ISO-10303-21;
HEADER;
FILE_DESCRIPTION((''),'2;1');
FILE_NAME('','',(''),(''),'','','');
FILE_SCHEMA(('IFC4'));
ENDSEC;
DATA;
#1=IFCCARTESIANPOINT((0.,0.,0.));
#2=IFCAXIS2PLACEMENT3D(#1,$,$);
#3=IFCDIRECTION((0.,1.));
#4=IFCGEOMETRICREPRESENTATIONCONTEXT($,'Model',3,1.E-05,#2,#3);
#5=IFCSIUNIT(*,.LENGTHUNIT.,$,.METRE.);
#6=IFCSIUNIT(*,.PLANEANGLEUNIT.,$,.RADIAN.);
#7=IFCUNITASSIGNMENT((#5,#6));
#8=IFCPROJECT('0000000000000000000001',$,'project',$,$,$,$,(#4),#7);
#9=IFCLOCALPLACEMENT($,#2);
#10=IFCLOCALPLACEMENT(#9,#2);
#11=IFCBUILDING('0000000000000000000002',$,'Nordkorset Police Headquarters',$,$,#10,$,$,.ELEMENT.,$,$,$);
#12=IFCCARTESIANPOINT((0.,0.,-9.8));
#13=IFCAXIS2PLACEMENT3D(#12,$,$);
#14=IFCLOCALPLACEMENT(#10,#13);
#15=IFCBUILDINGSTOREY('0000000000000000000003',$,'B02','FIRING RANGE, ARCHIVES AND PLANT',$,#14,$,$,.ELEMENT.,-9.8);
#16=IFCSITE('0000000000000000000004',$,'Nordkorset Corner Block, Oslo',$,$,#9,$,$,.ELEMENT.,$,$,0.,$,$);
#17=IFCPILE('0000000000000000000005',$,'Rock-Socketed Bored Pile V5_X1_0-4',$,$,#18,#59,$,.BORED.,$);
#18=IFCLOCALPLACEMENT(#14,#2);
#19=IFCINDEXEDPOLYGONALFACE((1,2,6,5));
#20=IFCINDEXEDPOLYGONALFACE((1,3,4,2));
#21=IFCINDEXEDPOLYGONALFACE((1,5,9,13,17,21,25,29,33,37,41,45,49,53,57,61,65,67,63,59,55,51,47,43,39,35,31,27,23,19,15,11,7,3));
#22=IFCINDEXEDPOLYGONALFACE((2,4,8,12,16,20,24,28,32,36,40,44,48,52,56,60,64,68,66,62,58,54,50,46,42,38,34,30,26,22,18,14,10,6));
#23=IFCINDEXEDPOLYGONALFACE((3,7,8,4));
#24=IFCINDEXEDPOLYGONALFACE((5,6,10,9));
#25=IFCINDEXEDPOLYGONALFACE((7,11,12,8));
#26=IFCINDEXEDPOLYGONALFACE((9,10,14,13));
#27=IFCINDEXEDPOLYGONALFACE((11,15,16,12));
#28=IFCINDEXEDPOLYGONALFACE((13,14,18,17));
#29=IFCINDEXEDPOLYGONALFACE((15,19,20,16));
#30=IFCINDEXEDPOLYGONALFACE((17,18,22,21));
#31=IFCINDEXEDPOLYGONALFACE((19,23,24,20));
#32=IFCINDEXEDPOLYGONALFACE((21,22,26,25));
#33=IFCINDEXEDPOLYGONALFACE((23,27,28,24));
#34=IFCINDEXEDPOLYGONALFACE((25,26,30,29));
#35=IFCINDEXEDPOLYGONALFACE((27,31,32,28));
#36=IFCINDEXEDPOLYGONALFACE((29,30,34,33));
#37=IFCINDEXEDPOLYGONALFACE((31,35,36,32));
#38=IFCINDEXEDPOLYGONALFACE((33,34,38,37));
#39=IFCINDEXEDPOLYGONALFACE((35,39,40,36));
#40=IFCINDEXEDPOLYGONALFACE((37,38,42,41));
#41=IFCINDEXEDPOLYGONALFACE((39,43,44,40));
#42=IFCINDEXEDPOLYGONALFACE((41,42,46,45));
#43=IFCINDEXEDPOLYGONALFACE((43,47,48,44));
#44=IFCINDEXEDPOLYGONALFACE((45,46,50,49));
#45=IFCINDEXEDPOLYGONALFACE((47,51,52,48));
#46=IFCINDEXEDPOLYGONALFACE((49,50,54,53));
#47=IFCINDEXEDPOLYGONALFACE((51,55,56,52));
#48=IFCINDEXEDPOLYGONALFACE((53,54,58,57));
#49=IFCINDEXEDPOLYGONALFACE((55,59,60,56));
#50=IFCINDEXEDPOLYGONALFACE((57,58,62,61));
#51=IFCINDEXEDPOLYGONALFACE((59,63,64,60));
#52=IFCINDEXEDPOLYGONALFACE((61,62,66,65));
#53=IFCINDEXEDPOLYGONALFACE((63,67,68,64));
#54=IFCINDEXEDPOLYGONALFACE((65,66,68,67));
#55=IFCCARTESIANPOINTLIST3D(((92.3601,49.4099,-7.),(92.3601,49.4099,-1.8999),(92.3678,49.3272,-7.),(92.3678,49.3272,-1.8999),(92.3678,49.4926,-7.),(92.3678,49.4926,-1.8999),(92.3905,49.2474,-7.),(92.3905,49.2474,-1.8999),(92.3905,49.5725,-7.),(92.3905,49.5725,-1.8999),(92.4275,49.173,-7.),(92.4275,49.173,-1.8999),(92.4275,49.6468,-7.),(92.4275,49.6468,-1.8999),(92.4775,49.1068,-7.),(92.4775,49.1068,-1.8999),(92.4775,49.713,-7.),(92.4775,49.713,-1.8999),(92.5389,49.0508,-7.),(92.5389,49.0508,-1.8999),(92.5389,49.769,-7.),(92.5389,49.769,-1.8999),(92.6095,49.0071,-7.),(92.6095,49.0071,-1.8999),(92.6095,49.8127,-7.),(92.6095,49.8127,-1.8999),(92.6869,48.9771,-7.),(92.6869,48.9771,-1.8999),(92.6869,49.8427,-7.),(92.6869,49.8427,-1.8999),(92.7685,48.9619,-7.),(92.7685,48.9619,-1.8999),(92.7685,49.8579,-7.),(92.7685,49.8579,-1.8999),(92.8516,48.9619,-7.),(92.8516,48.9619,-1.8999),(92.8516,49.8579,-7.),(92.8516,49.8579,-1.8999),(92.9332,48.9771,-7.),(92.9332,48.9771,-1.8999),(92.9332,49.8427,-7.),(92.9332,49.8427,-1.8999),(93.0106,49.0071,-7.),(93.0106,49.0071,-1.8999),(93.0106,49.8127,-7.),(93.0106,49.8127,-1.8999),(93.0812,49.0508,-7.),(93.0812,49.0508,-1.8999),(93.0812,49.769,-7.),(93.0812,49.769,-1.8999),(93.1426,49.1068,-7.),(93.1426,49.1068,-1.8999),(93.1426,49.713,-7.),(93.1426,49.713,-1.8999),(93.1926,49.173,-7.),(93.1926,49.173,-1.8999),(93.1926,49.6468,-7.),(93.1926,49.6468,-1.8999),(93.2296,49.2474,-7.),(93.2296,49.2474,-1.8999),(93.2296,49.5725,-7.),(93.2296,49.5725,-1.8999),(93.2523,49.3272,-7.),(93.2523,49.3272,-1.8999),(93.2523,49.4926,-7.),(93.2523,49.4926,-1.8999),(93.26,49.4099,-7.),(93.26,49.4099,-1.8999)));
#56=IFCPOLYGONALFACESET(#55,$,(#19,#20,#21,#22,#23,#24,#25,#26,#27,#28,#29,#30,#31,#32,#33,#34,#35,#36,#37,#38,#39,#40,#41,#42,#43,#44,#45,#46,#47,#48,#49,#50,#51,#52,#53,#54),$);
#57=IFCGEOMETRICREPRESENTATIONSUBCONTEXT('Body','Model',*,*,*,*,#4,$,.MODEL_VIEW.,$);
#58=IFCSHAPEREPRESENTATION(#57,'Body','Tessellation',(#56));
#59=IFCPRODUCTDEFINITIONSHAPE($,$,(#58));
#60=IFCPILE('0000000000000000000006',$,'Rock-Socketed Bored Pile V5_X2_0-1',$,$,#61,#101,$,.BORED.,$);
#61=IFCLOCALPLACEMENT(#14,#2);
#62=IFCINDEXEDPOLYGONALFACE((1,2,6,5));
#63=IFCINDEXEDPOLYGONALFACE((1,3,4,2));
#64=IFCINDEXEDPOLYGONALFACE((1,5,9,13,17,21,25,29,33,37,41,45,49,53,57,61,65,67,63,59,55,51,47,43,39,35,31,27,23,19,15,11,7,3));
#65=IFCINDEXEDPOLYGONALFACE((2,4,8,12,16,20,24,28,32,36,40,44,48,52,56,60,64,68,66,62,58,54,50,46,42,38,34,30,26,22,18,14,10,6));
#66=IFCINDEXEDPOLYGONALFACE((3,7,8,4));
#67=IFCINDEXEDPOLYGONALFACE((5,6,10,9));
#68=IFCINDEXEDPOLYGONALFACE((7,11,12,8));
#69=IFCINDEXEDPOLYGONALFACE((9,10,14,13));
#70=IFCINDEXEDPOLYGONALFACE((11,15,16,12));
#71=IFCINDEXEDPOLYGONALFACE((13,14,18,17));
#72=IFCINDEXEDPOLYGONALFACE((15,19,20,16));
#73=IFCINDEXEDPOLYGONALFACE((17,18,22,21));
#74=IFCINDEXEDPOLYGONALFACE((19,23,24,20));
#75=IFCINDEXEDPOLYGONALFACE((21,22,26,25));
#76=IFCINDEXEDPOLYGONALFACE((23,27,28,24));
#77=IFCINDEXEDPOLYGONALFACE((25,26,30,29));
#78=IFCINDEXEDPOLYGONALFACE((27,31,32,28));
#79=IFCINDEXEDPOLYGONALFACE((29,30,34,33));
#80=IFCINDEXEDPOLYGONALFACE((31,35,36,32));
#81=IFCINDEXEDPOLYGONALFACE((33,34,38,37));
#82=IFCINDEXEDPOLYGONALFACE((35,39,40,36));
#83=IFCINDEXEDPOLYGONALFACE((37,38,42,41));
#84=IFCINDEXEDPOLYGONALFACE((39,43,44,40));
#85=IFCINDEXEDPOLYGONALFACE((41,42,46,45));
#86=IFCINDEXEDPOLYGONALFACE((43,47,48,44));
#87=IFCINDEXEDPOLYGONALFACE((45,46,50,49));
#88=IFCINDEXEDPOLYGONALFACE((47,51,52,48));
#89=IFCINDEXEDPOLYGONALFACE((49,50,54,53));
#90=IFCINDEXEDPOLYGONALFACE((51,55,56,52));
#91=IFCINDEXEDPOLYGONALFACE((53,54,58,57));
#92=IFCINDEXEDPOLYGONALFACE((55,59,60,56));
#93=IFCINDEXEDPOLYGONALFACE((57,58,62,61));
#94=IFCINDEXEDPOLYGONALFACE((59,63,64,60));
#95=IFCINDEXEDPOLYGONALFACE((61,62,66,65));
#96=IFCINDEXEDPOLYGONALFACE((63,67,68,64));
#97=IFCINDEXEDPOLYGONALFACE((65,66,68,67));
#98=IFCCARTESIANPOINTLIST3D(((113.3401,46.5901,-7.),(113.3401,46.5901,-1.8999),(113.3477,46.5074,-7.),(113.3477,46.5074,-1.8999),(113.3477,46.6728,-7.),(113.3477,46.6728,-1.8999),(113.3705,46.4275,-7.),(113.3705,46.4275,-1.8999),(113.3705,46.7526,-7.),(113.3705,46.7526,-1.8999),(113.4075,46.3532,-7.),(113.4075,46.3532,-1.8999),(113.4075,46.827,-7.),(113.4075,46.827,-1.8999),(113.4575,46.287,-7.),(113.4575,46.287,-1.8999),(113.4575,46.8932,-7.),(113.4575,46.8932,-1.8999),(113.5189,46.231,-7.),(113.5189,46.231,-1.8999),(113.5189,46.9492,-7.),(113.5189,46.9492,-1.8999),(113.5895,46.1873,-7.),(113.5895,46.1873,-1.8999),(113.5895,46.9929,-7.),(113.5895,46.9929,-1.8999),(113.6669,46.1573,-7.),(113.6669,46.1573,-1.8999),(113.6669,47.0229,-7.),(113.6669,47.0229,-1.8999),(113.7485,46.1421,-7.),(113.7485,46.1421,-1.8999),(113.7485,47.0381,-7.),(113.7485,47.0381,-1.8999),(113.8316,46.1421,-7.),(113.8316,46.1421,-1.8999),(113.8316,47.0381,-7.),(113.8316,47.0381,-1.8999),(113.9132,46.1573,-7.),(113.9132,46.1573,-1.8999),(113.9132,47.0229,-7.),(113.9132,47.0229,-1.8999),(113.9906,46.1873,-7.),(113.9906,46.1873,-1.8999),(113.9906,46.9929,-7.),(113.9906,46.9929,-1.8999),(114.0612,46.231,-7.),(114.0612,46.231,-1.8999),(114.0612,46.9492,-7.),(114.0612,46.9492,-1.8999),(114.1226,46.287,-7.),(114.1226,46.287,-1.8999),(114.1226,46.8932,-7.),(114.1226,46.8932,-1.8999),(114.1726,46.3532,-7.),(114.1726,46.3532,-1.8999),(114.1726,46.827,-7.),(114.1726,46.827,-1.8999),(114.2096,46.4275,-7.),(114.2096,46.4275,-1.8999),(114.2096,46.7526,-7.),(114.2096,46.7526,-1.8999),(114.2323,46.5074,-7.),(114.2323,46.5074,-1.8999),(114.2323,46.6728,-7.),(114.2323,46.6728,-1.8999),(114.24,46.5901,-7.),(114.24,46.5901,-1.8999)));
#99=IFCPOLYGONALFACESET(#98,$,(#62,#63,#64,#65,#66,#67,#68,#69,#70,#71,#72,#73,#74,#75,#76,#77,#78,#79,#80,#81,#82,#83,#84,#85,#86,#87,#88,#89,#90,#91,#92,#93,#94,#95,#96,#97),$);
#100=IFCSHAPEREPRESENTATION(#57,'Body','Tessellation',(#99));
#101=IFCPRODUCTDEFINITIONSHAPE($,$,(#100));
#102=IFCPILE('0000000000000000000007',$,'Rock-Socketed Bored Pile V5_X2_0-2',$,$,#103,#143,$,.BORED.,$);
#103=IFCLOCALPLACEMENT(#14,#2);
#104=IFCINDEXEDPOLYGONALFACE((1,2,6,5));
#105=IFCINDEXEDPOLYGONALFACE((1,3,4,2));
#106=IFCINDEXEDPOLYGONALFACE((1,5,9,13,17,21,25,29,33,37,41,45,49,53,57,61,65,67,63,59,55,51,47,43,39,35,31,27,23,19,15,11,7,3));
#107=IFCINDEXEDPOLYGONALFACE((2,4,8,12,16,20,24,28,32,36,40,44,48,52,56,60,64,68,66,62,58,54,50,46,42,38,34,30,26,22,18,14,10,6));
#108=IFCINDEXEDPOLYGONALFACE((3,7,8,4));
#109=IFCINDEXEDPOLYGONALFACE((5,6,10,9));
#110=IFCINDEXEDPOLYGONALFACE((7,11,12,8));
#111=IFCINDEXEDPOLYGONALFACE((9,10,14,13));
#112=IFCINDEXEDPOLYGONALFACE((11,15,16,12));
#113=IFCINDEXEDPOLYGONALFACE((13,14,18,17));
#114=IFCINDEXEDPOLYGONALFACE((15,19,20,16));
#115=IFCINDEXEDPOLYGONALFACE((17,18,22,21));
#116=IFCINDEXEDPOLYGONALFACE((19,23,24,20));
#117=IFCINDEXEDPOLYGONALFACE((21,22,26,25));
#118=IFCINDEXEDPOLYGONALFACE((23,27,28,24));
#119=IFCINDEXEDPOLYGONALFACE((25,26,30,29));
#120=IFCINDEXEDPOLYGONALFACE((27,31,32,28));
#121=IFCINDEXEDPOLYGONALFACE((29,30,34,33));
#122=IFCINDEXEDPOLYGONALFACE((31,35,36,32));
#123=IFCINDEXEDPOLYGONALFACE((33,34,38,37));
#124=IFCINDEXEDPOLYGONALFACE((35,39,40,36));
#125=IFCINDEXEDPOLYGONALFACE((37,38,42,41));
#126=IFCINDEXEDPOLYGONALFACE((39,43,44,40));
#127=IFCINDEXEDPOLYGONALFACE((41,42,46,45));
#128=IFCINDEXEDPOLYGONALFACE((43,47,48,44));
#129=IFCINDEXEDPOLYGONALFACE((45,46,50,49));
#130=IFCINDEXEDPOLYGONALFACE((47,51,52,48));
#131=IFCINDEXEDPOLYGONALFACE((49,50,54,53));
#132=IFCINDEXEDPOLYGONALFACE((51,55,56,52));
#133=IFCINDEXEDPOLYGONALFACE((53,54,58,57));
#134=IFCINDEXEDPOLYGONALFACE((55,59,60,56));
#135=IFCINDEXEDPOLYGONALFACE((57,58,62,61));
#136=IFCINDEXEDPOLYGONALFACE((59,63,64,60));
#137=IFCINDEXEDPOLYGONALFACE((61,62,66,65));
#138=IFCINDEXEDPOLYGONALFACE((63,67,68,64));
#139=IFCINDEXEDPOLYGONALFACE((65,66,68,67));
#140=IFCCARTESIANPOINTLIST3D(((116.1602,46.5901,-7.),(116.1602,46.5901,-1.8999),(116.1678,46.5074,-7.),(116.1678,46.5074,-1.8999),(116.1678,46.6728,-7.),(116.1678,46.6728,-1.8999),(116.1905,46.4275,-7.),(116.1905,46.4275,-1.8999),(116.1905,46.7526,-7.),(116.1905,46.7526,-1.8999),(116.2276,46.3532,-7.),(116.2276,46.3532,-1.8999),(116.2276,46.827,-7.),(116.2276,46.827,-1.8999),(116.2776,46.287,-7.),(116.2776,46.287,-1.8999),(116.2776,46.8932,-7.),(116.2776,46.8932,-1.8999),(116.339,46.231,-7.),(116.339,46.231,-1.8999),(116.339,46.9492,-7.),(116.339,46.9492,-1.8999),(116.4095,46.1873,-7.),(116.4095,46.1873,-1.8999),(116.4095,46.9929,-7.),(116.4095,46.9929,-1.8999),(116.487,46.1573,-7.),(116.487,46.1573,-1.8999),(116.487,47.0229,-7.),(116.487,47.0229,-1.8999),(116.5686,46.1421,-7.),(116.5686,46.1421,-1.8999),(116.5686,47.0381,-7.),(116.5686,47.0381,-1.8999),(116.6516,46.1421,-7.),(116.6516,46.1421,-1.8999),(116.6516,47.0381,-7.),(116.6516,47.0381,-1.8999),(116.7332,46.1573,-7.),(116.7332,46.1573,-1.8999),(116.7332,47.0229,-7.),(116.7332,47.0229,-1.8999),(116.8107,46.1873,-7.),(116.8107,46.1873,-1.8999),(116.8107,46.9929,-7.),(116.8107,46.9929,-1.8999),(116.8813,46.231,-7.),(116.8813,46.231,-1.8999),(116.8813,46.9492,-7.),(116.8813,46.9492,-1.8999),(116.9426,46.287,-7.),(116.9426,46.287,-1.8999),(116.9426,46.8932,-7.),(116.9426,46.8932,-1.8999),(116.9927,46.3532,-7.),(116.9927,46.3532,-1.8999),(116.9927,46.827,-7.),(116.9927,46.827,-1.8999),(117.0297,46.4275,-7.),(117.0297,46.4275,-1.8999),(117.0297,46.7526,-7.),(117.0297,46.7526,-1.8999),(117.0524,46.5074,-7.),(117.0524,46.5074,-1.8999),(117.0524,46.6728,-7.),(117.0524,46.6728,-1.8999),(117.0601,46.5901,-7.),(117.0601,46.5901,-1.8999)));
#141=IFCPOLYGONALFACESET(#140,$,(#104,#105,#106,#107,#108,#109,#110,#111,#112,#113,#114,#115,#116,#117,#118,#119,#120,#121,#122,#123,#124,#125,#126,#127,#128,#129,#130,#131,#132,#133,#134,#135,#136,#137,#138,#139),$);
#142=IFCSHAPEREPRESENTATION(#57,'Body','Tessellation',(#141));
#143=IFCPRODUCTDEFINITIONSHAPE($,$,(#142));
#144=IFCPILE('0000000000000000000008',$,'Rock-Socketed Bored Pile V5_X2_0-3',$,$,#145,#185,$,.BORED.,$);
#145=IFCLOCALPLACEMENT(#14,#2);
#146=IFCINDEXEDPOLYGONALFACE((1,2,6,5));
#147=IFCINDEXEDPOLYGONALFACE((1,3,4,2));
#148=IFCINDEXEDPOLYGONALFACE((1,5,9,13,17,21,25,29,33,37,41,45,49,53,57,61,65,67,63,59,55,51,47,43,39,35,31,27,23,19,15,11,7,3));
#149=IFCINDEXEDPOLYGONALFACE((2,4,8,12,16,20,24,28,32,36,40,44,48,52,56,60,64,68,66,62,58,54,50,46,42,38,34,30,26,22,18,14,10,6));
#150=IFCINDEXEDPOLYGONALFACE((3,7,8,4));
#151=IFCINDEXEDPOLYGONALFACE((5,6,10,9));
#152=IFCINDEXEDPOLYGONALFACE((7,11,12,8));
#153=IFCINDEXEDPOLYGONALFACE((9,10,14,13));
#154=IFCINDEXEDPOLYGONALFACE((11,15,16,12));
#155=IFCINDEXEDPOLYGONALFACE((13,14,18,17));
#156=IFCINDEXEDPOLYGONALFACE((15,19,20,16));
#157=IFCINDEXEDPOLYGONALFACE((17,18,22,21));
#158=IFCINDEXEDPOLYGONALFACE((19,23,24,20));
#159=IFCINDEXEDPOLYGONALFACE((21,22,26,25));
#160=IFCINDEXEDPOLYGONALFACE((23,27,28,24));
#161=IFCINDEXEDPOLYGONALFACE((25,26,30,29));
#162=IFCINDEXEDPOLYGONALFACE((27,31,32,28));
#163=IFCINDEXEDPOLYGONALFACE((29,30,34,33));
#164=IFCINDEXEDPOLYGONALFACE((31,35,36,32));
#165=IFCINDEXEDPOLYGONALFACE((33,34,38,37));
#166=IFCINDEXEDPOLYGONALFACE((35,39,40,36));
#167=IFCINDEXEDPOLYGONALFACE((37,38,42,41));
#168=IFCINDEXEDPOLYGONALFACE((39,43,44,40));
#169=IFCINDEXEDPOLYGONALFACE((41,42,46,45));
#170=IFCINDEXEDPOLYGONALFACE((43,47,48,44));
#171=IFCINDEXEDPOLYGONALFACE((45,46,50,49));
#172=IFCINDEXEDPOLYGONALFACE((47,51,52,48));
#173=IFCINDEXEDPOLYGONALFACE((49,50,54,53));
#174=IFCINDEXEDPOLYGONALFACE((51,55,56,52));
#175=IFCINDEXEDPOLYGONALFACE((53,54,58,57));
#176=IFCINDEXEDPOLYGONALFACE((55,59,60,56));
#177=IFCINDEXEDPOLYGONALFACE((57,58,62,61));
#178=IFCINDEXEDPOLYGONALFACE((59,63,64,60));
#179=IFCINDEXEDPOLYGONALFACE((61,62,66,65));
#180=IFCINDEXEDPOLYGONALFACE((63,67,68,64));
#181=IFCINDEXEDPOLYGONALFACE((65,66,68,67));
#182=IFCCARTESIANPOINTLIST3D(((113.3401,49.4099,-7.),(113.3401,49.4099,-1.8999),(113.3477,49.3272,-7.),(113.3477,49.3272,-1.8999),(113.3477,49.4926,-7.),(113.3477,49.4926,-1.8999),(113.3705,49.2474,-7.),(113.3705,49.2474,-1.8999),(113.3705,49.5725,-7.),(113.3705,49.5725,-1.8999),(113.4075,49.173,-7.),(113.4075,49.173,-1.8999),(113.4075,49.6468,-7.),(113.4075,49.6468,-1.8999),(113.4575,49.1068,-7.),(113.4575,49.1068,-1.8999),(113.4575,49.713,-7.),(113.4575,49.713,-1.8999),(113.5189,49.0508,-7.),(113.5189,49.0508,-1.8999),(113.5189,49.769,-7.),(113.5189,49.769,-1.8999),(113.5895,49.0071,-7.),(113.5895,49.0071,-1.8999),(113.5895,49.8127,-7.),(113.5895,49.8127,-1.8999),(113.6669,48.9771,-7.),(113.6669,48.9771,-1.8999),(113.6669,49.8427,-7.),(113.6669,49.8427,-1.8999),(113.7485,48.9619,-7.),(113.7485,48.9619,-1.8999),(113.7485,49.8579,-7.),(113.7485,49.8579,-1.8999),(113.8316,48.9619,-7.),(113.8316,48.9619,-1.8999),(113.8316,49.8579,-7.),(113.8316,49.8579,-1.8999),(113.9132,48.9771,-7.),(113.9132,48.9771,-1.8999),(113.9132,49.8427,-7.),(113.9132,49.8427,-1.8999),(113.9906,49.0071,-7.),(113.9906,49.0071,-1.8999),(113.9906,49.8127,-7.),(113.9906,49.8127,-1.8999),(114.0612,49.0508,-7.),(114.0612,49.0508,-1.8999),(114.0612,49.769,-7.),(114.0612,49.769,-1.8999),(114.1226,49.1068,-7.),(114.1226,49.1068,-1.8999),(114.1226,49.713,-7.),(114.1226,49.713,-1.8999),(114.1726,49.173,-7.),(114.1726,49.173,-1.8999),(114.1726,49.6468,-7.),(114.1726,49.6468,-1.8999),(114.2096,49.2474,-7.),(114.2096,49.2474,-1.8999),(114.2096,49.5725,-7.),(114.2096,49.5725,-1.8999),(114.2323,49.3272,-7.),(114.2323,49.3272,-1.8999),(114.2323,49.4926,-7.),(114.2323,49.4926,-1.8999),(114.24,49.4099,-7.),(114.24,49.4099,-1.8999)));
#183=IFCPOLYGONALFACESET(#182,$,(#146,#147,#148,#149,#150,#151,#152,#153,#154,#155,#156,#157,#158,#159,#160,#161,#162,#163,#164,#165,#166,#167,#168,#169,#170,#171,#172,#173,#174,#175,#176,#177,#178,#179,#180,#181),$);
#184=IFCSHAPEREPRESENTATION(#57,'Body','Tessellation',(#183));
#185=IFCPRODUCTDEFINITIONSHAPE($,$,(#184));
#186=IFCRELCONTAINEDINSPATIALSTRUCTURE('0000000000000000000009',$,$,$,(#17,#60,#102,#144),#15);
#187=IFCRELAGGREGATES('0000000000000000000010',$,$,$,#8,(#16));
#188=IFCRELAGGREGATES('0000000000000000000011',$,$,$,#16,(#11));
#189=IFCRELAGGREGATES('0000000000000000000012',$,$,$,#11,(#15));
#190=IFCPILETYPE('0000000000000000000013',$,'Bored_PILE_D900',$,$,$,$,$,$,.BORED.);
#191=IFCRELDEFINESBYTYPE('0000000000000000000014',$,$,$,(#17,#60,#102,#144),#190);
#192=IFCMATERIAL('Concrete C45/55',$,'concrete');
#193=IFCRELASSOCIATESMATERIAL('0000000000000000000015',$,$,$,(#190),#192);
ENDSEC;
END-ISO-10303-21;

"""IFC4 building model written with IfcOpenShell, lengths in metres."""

from ifc_helpers import new_model, si_unit, direction, frame, origin, origin_2d, place, context, subcontext, project, spatial, circle, extrude, material, material_profile, profile_set, type_object, element, save


model = new_model("IFC4")

# Units and contexts
model_context = context("Model", 3, precision=1e-05, world=origin(), true_north=direction((0.0, 1.0)))
body_context = subcontext(model_context, "Body", "Model", "MODEL_VIEW")
ifc_project = project(units=[si_unit("LENGTHUNIT", "METRE"), si_unit("PLANEANGLEUNIT", "RADIAN")], contexts=[model_context])

# Site, building, storey
site_placement = place(None, origin())
site = spatial("IfcSite", under=ifc_project, at=site_placement, Name="Nordkorset Corner Block, Oslo", CompositionType="ELEMENT", RefElevation=0.0)
building_placement = place(site_placement, origin())
building = spatial("IfcBuilding", under=site, at=building_placement, Name="Nordkorset Police Headquarters", CompositionType="ELEMENT")
storey_placement = place(building_placement, frame((0.0, 0.0, -9.8)))
storey = spatial("IfcBuildingStorey", under=building, at=storey_placement, Name="B02", Description="FIRING RANGE, ARCHIVES AND PLANT", CompositionType="ELEMENT", Elevation=-9.8)

# Piles
ifc_material_1 = material(Name="Concrete C45/55", Category="concrete")
ifc_material_profile_1 = material_profile(ifc_material_1, circle(Radius=0.45, at=origin_2d()), Name="PILE D900")
ifc_profile_set_1 = profile_set([ifc_material_profile_1], Name="Concrete C45/55")
pile_type = type_object("IfcPileType", Name="Bored_PILE_D900", PredefinedType="BORED", material=ifc_profile_set_1)
for number, where, z_axis, x_axis, name in (
    (1, (92.8101, 49.4099, -1.8999), (0.0, 0.0, -1.0), (1.0, 0.0, 0.0), "Rock-Socketed Bored Pile V5_X1_0-4"),
    (2, (113.79, 46.5901, -1.8999), (0.0, 0.0, -1.0), (1.0, 0.0, 0.0), "Rock-Socketed Bored Pile V5_X2_0-1"),
    (3, (116.6101, 46.5901, -1.8999), (0.0, 0.0, -1.0), (1.0, 0.0, 0.0), "Rock-Socketed Bored Pile V5_X2_0-2"),
    (4, (113.79, 49.4099, -1.8999), (0.0, 0.0, -1.0), (1.0, 0.0, 0.0), "Rock-Socketed Bored Pile V5_X2_0-3"),
):
    element("IfcPile", number, at=place(storey_placement, frame(where, z_axis=z_axis, x_axis=x_axis)), inside=storey, type_object=pile_type, Name=name, PredefinedType="BORED", context=body_context, shape_type="SweptSolid", body=[
        extrude(circle(Radius=0.45, at=origin_2d()), origin(), (0.0, 0.0, 1.0), 5.1001),
    ])

save(model, "model.ifc")
